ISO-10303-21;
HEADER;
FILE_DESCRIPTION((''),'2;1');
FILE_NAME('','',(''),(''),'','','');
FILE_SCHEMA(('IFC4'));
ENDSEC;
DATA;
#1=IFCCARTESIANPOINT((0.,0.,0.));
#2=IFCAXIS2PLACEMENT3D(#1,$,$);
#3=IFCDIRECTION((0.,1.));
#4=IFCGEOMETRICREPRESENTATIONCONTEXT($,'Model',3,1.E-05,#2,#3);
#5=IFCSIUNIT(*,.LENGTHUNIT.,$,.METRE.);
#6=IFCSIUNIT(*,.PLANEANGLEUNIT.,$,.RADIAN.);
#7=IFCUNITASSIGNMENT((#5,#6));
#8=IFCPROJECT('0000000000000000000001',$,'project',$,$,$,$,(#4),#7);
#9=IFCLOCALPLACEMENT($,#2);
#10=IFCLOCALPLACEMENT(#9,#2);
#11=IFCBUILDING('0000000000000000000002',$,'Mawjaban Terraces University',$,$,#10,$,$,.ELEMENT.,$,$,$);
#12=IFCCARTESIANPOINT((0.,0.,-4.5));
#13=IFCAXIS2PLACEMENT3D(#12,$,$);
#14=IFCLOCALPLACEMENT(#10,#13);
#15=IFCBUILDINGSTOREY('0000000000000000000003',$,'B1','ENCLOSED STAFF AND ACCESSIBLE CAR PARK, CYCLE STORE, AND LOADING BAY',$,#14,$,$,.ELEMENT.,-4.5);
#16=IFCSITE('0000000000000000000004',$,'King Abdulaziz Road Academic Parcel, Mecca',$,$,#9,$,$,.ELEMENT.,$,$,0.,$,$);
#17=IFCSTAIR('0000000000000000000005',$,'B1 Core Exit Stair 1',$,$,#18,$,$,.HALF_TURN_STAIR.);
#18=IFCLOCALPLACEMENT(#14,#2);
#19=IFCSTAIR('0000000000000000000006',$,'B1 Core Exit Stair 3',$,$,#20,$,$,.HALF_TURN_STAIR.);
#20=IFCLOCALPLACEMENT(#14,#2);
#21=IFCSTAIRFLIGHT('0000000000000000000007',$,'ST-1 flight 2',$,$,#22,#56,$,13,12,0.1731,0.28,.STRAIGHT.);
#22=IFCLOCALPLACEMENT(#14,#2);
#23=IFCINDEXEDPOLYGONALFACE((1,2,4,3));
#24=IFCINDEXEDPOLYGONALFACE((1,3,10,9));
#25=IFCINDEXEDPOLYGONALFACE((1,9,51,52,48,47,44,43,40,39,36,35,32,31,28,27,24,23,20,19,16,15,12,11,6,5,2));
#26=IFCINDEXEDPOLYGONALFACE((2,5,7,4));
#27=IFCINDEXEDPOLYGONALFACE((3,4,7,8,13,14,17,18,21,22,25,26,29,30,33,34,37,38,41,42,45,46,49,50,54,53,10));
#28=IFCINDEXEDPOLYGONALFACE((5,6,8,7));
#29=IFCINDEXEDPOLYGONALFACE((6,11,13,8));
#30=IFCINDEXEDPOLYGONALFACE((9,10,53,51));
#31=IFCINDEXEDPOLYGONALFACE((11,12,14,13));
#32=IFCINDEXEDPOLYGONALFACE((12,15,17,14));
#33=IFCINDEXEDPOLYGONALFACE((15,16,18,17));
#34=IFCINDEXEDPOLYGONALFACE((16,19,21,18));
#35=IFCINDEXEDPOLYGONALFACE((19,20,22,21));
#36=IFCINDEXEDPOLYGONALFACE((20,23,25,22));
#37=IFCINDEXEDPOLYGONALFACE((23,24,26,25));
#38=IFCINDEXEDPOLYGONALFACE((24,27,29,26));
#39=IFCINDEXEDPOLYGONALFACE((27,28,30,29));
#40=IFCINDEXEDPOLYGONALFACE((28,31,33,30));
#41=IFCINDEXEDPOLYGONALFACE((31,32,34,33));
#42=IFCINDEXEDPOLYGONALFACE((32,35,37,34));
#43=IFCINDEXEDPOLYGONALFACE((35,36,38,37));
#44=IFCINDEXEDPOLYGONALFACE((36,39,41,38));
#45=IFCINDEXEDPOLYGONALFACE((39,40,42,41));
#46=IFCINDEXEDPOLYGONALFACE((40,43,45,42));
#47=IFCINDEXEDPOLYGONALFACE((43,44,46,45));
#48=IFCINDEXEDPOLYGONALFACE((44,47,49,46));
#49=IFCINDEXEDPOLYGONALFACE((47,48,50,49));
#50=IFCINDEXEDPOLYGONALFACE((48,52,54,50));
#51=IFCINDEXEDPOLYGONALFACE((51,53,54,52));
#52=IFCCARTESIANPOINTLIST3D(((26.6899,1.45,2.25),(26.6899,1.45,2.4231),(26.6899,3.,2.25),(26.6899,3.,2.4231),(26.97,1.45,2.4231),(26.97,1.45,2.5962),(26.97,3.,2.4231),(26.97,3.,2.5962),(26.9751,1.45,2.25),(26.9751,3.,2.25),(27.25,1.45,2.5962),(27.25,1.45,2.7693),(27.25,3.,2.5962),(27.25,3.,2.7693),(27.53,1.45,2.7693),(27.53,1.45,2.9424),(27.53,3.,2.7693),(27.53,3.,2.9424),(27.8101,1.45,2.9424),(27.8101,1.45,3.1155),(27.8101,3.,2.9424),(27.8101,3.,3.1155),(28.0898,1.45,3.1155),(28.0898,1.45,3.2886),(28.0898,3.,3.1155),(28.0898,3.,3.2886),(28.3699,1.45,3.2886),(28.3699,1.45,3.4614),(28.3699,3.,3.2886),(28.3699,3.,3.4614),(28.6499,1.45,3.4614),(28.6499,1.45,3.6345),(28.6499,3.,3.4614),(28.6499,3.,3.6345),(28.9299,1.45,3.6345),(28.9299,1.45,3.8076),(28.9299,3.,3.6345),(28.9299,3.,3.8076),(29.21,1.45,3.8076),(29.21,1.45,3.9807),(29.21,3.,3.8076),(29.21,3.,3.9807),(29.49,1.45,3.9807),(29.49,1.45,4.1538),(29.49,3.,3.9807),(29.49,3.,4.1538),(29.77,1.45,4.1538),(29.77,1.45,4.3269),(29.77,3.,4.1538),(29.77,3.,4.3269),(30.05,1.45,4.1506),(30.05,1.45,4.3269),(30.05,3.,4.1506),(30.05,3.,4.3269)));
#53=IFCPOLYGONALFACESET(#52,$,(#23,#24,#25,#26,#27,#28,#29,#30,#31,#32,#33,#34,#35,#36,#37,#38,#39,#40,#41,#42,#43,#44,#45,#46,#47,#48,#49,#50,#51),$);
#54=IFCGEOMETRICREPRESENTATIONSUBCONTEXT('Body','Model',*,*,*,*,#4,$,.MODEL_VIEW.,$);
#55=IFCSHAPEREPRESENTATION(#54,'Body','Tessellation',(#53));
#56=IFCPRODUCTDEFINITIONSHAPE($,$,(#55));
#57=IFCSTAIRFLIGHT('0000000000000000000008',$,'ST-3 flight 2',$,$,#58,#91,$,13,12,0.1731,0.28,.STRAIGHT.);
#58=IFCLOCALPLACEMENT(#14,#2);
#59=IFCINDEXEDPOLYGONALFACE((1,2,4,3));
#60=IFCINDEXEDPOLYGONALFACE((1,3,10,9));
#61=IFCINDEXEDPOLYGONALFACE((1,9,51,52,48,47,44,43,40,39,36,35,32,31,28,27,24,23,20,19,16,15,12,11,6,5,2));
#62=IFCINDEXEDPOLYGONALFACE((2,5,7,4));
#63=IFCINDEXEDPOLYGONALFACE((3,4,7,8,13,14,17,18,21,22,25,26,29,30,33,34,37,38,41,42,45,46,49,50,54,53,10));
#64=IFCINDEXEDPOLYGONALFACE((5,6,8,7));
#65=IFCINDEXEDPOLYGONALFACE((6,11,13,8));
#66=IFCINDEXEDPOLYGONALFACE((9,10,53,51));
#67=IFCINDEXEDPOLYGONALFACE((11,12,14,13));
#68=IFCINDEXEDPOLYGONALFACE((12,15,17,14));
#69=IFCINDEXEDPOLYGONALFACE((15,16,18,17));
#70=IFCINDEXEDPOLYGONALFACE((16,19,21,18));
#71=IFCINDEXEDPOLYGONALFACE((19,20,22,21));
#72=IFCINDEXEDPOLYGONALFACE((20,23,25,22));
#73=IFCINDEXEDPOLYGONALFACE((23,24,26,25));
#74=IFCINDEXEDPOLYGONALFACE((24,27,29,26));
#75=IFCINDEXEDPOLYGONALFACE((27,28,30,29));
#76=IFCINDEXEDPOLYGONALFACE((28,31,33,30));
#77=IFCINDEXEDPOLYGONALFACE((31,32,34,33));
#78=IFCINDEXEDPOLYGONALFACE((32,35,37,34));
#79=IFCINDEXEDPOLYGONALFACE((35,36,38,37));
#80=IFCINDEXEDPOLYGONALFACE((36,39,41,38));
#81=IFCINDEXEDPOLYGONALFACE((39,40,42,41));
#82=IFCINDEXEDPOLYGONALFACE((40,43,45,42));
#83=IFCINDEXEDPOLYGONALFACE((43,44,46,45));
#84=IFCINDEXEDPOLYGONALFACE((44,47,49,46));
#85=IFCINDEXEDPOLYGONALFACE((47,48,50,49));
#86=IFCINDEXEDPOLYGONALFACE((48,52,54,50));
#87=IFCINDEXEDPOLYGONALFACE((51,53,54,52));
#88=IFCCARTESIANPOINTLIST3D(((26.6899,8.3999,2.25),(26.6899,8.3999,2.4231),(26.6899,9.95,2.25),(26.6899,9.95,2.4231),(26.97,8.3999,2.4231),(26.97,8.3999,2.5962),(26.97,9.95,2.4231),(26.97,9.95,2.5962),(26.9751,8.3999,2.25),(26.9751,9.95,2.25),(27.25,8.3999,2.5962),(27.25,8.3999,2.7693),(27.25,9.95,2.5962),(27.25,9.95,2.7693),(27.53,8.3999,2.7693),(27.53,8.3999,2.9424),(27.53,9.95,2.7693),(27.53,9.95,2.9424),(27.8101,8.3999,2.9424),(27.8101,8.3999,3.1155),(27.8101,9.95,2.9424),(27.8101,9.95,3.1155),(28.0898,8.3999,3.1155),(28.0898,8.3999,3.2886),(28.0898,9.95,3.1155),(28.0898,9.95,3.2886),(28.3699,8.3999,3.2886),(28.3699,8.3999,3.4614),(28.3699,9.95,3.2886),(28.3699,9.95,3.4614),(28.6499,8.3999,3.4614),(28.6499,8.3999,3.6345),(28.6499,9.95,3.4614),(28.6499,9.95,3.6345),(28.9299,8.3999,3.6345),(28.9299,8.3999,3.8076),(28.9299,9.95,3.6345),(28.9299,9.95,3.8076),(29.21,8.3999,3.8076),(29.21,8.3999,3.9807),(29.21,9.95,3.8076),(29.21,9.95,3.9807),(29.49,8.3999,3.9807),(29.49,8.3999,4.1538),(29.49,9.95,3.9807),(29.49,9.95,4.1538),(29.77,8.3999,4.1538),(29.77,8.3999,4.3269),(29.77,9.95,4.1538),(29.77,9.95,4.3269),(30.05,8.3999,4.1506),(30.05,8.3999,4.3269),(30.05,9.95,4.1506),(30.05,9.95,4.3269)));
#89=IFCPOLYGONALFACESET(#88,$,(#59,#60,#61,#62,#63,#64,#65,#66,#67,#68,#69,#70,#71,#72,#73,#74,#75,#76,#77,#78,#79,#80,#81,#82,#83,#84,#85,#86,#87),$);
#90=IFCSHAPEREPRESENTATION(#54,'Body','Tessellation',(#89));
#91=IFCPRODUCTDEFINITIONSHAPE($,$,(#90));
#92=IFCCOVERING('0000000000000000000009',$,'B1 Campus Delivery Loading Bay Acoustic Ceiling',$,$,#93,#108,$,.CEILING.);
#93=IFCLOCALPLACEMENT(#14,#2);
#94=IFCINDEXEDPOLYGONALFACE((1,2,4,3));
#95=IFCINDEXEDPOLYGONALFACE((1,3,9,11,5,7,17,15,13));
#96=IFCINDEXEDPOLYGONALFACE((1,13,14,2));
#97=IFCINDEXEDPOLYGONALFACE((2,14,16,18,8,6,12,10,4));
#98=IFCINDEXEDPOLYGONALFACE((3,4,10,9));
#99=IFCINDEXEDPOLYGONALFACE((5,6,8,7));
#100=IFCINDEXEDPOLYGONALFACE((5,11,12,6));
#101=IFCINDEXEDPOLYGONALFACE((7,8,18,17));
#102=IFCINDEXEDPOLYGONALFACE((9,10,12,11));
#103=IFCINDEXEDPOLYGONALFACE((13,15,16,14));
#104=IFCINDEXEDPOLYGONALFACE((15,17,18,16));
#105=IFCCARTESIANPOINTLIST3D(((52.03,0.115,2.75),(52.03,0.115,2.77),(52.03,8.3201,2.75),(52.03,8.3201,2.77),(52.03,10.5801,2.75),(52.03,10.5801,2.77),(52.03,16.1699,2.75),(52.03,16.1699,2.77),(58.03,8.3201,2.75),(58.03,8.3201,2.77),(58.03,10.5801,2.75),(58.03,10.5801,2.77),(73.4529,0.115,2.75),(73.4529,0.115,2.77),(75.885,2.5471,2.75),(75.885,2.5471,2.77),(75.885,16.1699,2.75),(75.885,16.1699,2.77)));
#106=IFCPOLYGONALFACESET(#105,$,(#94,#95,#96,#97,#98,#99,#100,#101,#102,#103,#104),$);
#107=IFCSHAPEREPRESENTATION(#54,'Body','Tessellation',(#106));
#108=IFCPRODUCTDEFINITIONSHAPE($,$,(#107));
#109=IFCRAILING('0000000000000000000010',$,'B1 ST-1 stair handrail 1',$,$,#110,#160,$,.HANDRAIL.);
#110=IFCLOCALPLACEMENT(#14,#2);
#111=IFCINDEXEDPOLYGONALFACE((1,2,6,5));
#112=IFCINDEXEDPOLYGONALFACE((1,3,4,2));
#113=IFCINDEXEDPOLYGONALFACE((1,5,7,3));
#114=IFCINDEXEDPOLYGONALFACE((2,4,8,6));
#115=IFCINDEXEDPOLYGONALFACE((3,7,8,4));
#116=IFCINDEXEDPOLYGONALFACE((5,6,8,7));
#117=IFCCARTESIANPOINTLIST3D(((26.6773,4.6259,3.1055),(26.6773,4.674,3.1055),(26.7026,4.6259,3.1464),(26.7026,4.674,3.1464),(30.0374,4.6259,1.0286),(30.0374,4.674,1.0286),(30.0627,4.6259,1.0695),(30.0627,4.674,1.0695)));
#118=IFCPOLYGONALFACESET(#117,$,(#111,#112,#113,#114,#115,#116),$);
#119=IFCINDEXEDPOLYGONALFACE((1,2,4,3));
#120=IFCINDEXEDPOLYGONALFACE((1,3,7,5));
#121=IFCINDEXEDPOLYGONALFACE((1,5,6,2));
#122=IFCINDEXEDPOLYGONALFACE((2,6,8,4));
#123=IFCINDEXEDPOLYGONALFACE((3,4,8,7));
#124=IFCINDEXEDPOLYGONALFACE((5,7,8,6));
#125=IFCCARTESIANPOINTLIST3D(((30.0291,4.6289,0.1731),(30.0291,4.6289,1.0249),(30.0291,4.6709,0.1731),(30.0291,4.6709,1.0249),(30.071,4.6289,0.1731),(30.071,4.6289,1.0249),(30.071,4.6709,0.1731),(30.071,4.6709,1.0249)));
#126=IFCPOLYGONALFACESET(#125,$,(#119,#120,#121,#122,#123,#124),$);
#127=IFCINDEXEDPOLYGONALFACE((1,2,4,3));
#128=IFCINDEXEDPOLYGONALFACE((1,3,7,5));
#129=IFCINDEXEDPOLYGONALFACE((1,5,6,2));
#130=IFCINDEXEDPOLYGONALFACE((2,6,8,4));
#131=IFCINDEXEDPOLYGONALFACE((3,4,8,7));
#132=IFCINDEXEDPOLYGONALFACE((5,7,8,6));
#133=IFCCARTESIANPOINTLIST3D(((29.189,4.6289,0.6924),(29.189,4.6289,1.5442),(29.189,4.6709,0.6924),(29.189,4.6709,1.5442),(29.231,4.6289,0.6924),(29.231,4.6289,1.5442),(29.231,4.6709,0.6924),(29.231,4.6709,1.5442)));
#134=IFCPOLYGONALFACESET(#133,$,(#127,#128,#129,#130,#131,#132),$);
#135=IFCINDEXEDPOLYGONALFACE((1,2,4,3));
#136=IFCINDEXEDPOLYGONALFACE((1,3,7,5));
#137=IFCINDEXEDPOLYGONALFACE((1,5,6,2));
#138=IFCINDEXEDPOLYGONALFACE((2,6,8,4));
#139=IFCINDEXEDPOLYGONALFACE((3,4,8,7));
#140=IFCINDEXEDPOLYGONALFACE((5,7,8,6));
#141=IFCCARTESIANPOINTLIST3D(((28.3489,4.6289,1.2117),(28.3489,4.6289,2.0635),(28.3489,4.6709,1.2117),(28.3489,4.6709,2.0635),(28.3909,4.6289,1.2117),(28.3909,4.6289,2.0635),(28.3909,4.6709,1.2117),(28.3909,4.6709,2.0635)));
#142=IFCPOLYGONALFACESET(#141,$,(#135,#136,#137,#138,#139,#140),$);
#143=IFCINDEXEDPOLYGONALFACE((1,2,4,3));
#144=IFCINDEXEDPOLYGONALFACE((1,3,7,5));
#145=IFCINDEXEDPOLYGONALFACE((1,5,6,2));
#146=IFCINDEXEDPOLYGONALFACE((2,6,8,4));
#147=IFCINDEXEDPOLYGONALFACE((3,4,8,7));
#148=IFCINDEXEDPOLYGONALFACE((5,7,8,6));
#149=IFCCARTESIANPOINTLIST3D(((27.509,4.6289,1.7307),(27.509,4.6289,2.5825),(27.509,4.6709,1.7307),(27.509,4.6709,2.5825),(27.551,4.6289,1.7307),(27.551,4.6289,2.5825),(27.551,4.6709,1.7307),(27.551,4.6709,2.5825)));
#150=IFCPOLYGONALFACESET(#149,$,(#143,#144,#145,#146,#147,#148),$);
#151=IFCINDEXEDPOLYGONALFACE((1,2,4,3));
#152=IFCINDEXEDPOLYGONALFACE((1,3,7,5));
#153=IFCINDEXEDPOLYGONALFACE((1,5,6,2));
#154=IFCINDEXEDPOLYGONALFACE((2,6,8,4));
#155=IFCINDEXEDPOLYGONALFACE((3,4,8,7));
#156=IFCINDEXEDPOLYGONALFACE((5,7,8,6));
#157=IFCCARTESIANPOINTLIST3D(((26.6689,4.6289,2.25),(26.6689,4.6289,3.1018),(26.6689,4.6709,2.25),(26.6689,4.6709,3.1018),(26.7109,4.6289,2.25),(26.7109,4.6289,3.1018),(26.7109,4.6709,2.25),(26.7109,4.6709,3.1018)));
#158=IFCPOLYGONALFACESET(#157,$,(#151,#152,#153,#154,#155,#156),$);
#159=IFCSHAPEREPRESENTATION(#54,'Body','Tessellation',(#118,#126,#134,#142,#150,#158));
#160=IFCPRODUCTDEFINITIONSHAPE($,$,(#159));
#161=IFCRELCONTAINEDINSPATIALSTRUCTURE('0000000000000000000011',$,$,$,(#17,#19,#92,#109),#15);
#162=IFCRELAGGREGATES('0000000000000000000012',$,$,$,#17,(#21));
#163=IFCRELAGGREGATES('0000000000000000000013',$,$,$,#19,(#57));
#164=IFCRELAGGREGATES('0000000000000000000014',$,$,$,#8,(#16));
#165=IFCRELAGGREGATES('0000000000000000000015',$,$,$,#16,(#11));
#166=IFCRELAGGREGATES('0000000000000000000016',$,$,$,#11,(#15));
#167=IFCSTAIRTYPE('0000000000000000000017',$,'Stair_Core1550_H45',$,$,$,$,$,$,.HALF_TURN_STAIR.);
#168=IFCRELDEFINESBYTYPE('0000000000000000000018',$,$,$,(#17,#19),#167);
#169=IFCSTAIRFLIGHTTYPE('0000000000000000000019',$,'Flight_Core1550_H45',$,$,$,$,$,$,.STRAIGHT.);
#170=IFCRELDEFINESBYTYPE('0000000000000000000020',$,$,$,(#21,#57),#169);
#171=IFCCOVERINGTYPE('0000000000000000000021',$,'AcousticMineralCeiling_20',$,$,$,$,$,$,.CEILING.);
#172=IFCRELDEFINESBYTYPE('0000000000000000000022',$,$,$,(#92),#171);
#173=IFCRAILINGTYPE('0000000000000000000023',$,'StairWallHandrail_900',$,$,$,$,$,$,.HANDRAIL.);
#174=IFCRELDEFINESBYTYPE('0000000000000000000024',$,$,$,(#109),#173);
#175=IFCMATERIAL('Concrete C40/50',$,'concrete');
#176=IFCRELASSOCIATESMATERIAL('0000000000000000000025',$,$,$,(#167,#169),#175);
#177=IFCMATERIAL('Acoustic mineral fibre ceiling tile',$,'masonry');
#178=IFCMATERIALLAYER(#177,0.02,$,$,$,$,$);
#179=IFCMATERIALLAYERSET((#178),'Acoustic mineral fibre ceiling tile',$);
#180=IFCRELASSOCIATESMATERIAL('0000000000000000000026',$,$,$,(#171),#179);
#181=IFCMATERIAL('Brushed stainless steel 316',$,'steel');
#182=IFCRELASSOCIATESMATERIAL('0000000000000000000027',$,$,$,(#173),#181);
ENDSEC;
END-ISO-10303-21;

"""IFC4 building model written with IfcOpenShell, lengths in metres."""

from ifc_helpers import new_model, si_unit, direction, frame, origin, origin_2d, place, context, subcontext, project, spatial, polyline, rectangle, outline, extrude, material, layer, layer_set, type_object, element, aggregate, save


model = new_model("IFC4")

# Units and contexts
model_context = context("Model", 3, precision=1e-05, world=origin(), true_north=direction((0.0, 1.0)))
body_context = subcontext(model_context, "Body", "Model", "MODEL_VIEW")
ifc_project = project(units=[si_unit("LENGTHUNIT", "METRE"), si_unit("PLANEANGLEUNIT", "RADIAN")], contexts=[model_context])

# Site, building, storey
site_placement = place(None, origin())
site = spatial("IfcSite", under=ifc_project, at=site_placement, Name="King Abdulaziz Road Academic Parcel, Mecca", CompositionType="ELEMENT", RefElevation=0.0)
building_placement = place(site_placement, origin())
building = spatial("IfcBuilding", under=site, at=building_placement, Name="Mawjaban Terraces University", CompositionType="ELEMENT")
storey_placement = place(building_placement, frame((0.0, 0.0, -4.5)))
storey = spatial("IfcBuildingStorey", under=building, at=storey_placement, Name="B1", Description="ENCLOSED STAFF AND ACCESSIBLE CAR PARK, CYCLE STORE, AND LOADING BAY", CompositionType="ELEMENT", Elevation=-4.5)

# Shared definitions
ifc_material_1 = material(Name="Concrete C40/50", Category="concrete")

# Stairs
stair_type_1 = type_object("IfcStairType", Name="Stair_Core1550_H45", PredefinedType="HALF_TURN_STAIR", material=ifc_material_1)
stair_1_placement = place(storey_placement, origin())
stair_1 = element("IfcStair", 1, at=stair_1_placement, inside=storey, type_object=stair_type_1, Name="B1 Core Exit Stair 1", PredefinedType="HALF_TURN_STAIR")
stair_2_placement = place(storey_placement, origin())
stair_2 = element("IfcStair", 2, at=stair_2_placement, inside=storey, type_object=stair_type_1, Name="B1 Core Exit Stair 3", PredefinedType="HALF_TURN_STAIR")

# Stair flights
stair_flight_type = type_object("IfcStairFlightType", Name="Flight_Core1550_H45", PredefinedType="STRAIGHT", material=ifc_material_1)
stair_flight_1_placement = place(storey_placement, frame((26.6899, 2.2251, 2.25), z_axis=(0.0, 0.0, 1.0), x_axis=(1.0, 0.0, 0.0)))
stair_flight_1 = element("IfcStairFlight", 3, at=stair_flight_1_placement, type_object=stair_flight_type, Name="ST-1 flight 2", NumberOfRisers=13, NumberOfTreads=12, PredefinedType="STRAIGHT", RiserHeight=0.1731, TreadLength=0.28, context=body_context, shape_type="SweptSolid", body=[
    extrude(outline(polyline([(0.0, 0.0), (0.0, 0.1731), (0.28, 0.1731), (0.28, 0.3462), (0.5601, 0.3462), (0.5601, 0.5193), (0.8401, 0.5193), (0.8401, 0.6924), (1.1201, 0.6924), (1.1201, 0.8655), (1.3999, 0.8655), (1.3999, 1.0386), (1.6799, 1.0386), (1.6799, 1.2114), (1.96, 1.2114), (1.96, 1.3845), (2.24, 1.3845), (2.24, 1.5576), (2.52, 1.5576), (2.52, 1.7307), (2.8, 1.7307), (2.8, 1.9038), (3.0801, 1.9038), (3.0801, 2.0769), (3.3601, 2.0769), (3.3601, 2.25), (3.3601, 1.9006), (0.2852, 0.0), (0.0, 0.0)])), frame((0.0, 0.7749, 0.0), z_axis=(0.0, -1.0, 0.0), x_axis=(1.0, 0.0, 0.0)), (0.0, 0.0, 1.0), 1.55),
])
aggregate(stair_1, [stair_flight_1])
stair_flight_2_placement = place(storey_placement, frame((26.6899, 9.175, 2.25), z_axis=(0.0, 0.0, 1.0), x_axis=(1.0, 0.0, 0.0)))
stair_flight_2 = element("IfcStairFlight", 4, at=stair_flight_2_placement, type_object=stair_flight_type, Name="ST-3 flight 2", NumberOfRisers=13, NumberOfTreads=12, PredefinedType="STRAIGHT", RiserHeight=0.1731, TreadLength=0.28, context=body_context, shape_type="SweptSolid", body=[
    extrude(outline(polyline([(0.0, 0.0), (0.0, 0.1731), (0.28, 0.1731), (0.28, 0.3462), (0.5601, 0.3462), (0.5601, 0.5193), (0.8401, 0.5193), (0.8401, 0.6924), (1.1201, 0.6924), (1.1201, 0.8655), (1.3999, 0.8655), (1.3999, 1.0386), (1.6799, 1.0386), (1.6799, 1.2114), (1.96, 1.2114), (1.96, 1.3845), (2.24, 1.3845), (2.24, 1.5576), (2.52, 1.5576), (2.52, 1.7307), (2.8, 1.7307), (2.8, 1.9038), (3.0801, 1.9038), (3.0801, 2.0769), (3.3601, 2.0769), (3.3601, 2.25), (3.3601, 1.9006), (0.2852, 0.0), (0.0, 0.0)])), frame((0.0, 0.7749, 0.0), z_axis=(0.0, -1.0, 0.0), x_axis=(1.0, 0.0, 0.0)), (0.0, 0.0, 1.0), 1.55),
])
aggregate(stair_2, [stair_flight_2])

# Covering
ifc_material_2 = material(Name="Acoustic mineral fibre ceiling tile", Category="masonry")
ifc_layer_1 = layer(ifc_material_2, 0.02)
ifc_layer_set_1 = layer_set([ifc_layer_1], Name="Acoustic mineral fibre ceiling tile")
covering_type = type_object("IfcCoveringType", Name="AcousticMineralCeiling_20", PredefinedType="CEILING", material=ifc_layer_set_1)
covering_placement = place(storey_placement, frame((0.0, 0.0, 2.75)))
element("IfcCovering", 5, at=covering_placement, inside=storey, type_object=covering_type, Name="B1 Campus Delivery Loading Bay Acoustic Ceiling", PredefinedType="CEILING", context=body_context, shape_type="SweptSolid", body=[
    extrude(outline(polyline([(52.03, 16.1699), (52.03, 10.5801), (58.03, 10.5801), (58.03, 8.3201), (52.03, 8.3201), (52.03, 0.115), (73.4529, 0.115), (75.885, 2.5471), (75.885, 16.1699), (52.03, 16.1699)])), origin(), (0.0, 0.0, 1.0), 0.02),
])

# Railing
ifc_material_3 = material(Name="Brushed stainless steel 316", Category="steel")
railing_type_1 = type_object("IfcRailingType", Name="StairWallHandrail_900", PredefinedType="HANDRAIL", material=ifc_material_3)
railing_1_placement = place(storey_placement, frame((30.05, 4.6499, 0.1731)))
element("IfcRailing", 6, at=railing_1_placement, inside=storey, type_object=railing_type_1, Name="B1 ST-1 stair handrail 1", PredefinedType="HANDRAIL", context=body_context, shape_type="SweptSolid", body=[
    extrude(rectangle(XDim=0.0481, YDim=0.0481, at=origin_2d()), frame((0.0, 0.0, 0.876), z_axis=(-0.850623, 0.0, 0.525776), x_axis=(0.0, -1.0, 0.0)), (0.0, 0.0, 1.0), 3.9502),
    extrude(rectangle(XDim=0.042, YDim=0.042, at=origin_2d()), origin(), (0.0, 0.0, 1.0), 0.8518),
    extrude(rectangle(XDim=0.042, YDim=0.042, at=origin_2d()), frame((-0.8401, 0.0, 0.5193)), (0.0, 0.0, 1.0), 0.8518),
    extrude(rectangle(XDim=0.042, YDim=0.042, at=origin_2d()), frame((-1.6802, 0.0, 1.0386)), (0.0, 0.0, 1.0), 0.8518),
    extrude(rectangle(XDim=0.042, YDim=0.042, at=origin_2d()), frame((-2.52, 0.0, 1.5576)), (0.0, 0.0, 1.0), 0.8518),
    extrude(rectangle(XDim=0.042, YDim=0.042, at=origin_2d()), frame((-3.3601, 0.0, 2.0769)), (0.0, 0.0, 1.0), 0.8518),
])

save(model, "model.ifc")
